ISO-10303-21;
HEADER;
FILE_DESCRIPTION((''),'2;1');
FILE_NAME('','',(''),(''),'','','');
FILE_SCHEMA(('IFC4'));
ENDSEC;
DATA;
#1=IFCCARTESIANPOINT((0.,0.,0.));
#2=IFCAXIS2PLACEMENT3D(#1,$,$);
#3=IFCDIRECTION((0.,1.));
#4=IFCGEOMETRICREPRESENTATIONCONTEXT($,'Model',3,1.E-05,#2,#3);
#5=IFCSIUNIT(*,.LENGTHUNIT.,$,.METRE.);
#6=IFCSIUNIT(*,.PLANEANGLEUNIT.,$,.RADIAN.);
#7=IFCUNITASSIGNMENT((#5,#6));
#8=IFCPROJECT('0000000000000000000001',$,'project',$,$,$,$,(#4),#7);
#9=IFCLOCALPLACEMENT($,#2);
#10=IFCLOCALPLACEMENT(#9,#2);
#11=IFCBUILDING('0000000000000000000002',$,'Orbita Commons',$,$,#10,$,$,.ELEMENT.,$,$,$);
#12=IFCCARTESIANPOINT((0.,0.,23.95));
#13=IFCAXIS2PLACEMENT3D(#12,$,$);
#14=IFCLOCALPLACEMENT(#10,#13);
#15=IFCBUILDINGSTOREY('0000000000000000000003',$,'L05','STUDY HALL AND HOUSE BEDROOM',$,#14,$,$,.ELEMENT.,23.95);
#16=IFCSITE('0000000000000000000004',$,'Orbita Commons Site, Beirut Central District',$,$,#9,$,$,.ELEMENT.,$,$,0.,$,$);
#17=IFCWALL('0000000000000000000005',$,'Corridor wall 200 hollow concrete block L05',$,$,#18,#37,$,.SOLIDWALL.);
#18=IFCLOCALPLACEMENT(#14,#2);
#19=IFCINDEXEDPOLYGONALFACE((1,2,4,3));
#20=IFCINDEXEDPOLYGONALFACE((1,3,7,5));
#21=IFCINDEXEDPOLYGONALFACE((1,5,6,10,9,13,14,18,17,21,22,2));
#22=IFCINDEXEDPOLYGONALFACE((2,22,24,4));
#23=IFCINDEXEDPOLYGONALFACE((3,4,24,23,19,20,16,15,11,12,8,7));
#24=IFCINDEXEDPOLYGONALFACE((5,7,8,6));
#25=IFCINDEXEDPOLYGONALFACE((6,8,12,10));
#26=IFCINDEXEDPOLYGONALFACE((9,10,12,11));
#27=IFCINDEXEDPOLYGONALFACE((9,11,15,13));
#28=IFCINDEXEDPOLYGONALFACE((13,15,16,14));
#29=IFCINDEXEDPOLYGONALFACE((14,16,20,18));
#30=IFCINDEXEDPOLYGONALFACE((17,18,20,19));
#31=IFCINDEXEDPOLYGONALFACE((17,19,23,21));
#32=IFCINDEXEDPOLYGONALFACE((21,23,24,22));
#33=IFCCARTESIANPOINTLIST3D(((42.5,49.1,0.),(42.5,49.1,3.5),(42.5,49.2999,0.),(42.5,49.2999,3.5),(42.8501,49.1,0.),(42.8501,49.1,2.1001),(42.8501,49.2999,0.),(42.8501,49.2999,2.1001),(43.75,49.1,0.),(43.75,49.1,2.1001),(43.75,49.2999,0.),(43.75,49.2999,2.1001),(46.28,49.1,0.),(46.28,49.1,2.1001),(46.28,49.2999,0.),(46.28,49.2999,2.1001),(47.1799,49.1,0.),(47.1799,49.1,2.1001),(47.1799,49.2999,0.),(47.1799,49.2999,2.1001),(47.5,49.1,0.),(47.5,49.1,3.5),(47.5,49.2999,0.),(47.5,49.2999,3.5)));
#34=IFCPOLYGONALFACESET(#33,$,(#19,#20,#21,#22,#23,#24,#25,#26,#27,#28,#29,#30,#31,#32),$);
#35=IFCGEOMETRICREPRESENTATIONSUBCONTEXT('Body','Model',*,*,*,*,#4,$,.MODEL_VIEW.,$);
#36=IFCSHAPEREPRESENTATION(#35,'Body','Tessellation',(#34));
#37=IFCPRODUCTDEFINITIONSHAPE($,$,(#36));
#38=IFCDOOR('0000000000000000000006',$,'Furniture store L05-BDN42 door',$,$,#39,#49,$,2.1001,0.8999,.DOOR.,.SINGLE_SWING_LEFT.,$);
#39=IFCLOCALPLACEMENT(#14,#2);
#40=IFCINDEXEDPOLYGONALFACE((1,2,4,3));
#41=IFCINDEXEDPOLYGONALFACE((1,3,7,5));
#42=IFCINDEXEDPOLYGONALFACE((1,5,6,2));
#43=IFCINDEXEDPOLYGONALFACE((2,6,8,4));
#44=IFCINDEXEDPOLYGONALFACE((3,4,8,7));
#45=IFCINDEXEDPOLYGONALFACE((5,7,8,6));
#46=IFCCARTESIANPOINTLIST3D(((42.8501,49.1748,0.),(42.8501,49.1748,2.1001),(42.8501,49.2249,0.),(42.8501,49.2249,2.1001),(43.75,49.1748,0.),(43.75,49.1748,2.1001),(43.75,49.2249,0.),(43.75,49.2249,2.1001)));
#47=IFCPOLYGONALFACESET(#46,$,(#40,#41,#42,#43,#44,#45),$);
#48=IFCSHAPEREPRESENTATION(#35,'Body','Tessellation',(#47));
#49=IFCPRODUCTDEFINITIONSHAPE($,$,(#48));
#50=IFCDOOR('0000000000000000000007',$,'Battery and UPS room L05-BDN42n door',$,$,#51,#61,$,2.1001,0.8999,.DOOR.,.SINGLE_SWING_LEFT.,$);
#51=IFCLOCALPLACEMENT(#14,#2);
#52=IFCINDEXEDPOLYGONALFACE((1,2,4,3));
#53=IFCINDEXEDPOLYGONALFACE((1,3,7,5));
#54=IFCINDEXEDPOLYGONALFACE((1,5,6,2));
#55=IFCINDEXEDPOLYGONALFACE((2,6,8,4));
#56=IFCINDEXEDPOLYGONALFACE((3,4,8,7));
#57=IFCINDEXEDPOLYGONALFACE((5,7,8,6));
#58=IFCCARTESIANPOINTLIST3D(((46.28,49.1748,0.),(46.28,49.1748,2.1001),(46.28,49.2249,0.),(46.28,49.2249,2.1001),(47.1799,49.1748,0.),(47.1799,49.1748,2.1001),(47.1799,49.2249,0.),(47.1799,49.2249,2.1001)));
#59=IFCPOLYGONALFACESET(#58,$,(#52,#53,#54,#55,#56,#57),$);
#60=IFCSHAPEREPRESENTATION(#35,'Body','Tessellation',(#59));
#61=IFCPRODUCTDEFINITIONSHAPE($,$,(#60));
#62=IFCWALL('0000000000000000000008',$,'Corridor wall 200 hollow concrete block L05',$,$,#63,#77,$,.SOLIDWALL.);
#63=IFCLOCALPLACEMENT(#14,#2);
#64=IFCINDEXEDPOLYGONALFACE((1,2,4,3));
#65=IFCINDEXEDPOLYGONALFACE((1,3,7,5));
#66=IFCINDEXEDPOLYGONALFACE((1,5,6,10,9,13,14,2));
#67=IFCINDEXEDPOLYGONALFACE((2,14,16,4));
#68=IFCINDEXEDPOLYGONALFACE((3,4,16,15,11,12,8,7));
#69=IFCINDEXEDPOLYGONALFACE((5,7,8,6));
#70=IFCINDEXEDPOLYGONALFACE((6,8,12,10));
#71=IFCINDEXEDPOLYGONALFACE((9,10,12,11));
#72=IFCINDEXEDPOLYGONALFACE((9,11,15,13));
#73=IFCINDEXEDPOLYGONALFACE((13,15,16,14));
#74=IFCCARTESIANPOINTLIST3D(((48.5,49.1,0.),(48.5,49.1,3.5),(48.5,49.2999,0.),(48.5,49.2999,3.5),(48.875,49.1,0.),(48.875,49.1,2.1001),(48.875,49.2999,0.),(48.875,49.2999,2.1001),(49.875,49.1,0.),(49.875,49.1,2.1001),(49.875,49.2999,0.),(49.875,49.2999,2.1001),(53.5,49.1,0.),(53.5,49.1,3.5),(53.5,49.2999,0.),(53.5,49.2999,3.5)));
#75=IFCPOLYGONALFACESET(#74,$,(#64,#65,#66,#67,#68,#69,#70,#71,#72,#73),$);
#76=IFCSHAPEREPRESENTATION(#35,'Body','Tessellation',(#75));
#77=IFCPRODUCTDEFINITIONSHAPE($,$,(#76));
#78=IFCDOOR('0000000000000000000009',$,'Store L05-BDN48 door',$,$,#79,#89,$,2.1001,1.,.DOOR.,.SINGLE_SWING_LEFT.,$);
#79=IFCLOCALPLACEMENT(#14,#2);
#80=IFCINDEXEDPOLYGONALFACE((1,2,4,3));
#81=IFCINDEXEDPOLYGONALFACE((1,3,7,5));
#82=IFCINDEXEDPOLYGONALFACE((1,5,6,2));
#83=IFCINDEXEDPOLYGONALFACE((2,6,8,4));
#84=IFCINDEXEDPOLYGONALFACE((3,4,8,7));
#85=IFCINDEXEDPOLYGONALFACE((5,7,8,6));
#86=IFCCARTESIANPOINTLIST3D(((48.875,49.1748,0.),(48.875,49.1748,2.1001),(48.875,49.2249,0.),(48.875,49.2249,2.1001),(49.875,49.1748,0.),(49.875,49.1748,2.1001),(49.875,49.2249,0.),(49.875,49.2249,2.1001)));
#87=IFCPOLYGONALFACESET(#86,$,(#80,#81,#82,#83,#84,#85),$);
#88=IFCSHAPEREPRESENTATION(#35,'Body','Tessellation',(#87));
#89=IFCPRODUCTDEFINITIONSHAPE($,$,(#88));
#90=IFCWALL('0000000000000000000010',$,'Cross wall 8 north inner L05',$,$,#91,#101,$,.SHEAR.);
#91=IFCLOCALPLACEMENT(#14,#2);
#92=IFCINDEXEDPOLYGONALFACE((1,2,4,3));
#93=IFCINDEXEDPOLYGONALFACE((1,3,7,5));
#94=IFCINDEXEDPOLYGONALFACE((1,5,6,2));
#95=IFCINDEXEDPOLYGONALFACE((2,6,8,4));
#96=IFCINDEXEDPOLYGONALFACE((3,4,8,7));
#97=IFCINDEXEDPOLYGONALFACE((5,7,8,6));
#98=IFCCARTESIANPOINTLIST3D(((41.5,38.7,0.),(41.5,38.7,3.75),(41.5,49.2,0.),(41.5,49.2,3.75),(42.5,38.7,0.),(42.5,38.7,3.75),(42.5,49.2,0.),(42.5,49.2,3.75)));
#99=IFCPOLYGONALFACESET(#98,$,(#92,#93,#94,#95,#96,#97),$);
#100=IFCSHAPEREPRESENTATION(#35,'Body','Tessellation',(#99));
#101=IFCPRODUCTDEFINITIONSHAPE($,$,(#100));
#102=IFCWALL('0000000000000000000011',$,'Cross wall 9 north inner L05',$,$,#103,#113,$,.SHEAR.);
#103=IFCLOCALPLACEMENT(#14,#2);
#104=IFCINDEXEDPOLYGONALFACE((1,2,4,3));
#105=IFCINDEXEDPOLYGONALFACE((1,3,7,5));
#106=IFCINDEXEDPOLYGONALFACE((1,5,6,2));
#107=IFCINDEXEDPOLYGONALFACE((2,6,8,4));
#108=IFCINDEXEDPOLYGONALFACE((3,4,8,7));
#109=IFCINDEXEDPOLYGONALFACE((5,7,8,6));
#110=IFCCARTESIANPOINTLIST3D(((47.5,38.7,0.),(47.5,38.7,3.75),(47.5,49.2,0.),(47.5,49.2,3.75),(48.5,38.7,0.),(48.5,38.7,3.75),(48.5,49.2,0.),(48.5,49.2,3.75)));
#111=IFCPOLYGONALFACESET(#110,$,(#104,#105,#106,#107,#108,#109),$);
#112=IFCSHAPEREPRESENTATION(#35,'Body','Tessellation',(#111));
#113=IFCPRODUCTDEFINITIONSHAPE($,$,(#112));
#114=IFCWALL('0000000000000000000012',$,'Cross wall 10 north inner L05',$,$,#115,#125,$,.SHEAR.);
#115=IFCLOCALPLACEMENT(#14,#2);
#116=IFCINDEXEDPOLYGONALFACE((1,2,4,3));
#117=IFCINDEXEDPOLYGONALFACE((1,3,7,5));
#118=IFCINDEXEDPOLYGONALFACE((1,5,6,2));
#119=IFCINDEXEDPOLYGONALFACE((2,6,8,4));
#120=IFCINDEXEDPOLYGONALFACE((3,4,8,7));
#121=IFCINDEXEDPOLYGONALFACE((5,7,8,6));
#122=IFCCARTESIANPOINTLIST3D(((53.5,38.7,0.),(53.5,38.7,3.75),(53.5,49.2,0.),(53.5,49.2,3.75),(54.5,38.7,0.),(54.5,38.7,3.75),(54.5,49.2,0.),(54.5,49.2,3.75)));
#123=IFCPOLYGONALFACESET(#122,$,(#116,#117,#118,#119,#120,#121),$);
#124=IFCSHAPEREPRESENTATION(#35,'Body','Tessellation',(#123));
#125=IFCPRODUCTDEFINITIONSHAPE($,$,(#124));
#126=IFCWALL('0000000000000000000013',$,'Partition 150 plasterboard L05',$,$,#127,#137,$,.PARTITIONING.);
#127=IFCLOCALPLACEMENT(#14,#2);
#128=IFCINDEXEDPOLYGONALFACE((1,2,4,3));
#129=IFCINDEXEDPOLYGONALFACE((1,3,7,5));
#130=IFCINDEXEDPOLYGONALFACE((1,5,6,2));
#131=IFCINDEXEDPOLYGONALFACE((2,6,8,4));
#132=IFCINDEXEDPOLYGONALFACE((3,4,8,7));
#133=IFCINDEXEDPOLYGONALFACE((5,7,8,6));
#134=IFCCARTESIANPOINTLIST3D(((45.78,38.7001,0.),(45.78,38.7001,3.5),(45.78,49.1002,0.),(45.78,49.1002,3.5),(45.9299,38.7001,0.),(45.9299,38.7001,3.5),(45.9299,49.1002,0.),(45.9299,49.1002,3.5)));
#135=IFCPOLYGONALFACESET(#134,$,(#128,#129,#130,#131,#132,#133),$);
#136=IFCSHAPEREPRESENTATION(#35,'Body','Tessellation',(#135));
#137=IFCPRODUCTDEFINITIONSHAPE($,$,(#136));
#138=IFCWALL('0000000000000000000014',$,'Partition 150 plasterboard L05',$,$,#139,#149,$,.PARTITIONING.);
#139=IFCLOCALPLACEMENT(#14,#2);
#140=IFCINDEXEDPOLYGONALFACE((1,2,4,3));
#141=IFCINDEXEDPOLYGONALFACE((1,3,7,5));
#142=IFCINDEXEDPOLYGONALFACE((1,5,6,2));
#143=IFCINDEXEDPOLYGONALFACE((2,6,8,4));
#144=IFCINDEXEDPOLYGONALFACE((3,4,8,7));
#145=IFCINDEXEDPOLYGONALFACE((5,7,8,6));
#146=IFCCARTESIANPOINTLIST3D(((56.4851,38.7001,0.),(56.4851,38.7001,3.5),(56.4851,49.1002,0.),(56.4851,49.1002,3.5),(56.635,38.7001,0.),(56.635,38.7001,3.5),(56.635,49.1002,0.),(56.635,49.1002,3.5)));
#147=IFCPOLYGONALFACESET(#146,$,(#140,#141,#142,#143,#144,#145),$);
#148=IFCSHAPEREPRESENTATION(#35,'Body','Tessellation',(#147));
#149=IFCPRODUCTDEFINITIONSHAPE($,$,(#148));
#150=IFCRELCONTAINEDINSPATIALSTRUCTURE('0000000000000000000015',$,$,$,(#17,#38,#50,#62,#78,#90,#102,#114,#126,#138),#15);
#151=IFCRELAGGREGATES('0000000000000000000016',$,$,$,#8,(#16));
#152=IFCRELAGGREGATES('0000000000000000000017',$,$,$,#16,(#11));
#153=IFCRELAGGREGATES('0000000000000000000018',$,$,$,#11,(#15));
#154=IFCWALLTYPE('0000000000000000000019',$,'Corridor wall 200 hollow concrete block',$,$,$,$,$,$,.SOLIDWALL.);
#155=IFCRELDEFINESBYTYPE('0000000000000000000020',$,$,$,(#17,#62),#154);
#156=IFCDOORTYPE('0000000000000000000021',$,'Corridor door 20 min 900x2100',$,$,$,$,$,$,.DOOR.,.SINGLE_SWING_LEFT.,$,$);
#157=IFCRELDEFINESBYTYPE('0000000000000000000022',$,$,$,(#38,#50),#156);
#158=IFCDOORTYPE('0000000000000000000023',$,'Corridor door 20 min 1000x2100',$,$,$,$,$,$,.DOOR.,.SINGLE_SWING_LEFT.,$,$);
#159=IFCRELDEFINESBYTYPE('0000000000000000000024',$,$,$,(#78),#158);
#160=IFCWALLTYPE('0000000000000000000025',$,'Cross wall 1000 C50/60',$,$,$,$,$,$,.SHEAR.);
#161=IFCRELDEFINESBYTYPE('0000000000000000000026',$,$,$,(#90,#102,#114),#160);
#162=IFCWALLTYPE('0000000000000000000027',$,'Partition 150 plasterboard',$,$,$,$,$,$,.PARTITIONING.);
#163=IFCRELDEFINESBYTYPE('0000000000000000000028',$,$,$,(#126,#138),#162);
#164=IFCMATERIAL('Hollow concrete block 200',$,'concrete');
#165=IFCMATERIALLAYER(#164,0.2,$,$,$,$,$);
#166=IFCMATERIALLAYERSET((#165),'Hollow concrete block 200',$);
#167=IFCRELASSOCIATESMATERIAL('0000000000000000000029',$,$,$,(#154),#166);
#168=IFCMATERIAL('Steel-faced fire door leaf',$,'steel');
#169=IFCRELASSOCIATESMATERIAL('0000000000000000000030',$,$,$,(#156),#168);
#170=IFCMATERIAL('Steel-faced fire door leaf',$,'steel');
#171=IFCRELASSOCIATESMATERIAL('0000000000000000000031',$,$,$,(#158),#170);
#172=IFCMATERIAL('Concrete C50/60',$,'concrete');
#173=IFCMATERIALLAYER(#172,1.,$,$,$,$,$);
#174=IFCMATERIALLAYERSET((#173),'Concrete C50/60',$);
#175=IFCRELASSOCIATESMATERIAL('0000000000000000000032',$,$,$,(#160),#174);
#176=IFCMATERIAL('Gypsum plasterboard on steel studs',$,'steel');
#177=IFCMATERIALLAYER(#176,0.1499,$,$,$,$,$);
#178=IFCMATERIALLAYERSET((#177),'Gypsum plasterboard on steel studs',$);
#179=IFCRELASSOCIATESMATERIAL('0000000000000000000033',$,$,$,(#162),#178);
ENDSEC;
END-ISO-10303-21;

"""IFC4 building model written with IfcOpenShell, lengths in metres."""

from ifc_helpers import new_model, si_unit, direction, frame, frame_2d, origin, place, context, subcontext, project, spatial, rectangle, extrude, material, layer, layer_set, type_object, element, fill, save


model = new_model("IFC4")

# Units and contexts
model_context = context("Model", 3, precision=1e-05, world=origin(), true_north=direction((0.0, 1.0)))
body_context = subcontext(model_context, "Body", "Model", "MODEL_VIEW")
ifc_project = project(units=[si_unit("LENGTHUNIT", "METRE"), si_unit("PLANEANGLEUNIT", "RADIAN")], contexts=[model_context])

# Site, building, storey
site_placement = place(None, origin())
site = spatial("IfcSite", under=ifc_project, at=site_placement, Name="Orbita Commons Site, Beirut Central District", CompositionType="ELEMENT", RefElevation=0.0)
building_placement = place(site_placement, origin())
building = spatial("IfcBuilding", under=site, at=building_placement, Name="Orbita Commons", CompositionType="ELEMENT")
storey_placement = place(building_placement, frame((0.0, 0.0, 23.95)))
storey = spatial("IfcBuildingStorey", under=building, at=storey_placement, Name="L05", Description="STUDY HALL AND HOUSE BEDROOM", CompositionType="ELEMENT", Elevation=23.95)

# Wall, openings, doors
ifc_material_1 = material(Name="Hollow concrete block 200", Category="concrete")
ifc_layer_1 = layer(ifc_material_1, 0.2)
ifc_layer_set_1 = layer_set([ifc_layer_1], Name="Hollow concrete block 200")
wall_type_1 = type_object("IfcWallType", Name="Corridor wall 200 hollow concrete block", PredefinedType="SOLIDWALL", material=ifc_layer_set_1)
wall_1_placement = place(storey_placement, frame((42.5, 49.2, 0.0), z_axis=(0.0, 0.0, 1.0), x_axis=(1.0, 0.0, 0.0)))
wall_1 = element("IfcWall", 1, at=wall_1_placement, inside=storey, type_object=wall_type_1, Name="Corridor wall 200 hollow concrete block L05", PredefinedType="SOLIDWALL", context=body_context, shape_type="SweptSolid", body=[
    extrude(rectangle(XDim=5.0, YDim=0.2, at=frame_2d((2.5, 0.0))), origin(), (0.0, 0.0, 1.0), 3.5),
])
opening_1_placement = place(wall_1_placement, frame((0.3501, 0.0, 0.0)))
opening_1 = element("IfcOpeningElement", 2, at=opening_1_placement, cuts=wall_1, PredefinedType="OPENING", context=body_context, shape_type="SweptSolid", body=[
    extrude(rectangle(XDim=0.8999, YDim=2.1001, at=frame_2d((0.45, 1.05))), frame((0.0, 0.1099, 0.0), z_axis=(0.0, -1.0, 0.0), x_axis=(1.0, 0.0, 0.0)), (0.0, 0.0, 1.0), 0.22),
])
opening_2_placement = place(wall_1_placement, frame((3.78, 0.0, 0.0)))
opening_2 = element("IfcOpeningElement", 3, at=opening_2_placement, cuts=wall_1, PredefinedType="OPENING", context=body_context, shape_type="SweptSolid", body=[
    extrude(rectangle(XDim=0.8999, YDim=2.1001, at=frame_2d((0.45, 1.05))), frame((0.0, 0.1099, 0.0), z_axis=(0.0, -1.0, 0.0), x_axis=(1.0, 0.0, 0.0)), (0.0, 0.0, 1.0), 0.22),
])
ifc_material_2 = material(Name="Steel-faced fire door leaf", Category="steel")
door_type_1 = type_object("IfcDoorType", Name="Corridor door 20 min 900x2100", OperationType="SINGLE_SWING_LEFT", PredefinedType="DOOR", material=ifc_material_2)
door_1_placement = place(opening_1_placement, origin())
door_1 = element("IfcDoor", 4, at=door_1_placement, inside=storey, type_object=door_type_1, Name="Furniture store L05-BDN42 door", OperationType="SINGLE_SWING_LEFT", OverallHeight=2.1001, OverallWidth=0.8999, PredefinedType="DOOR", context=body_context, shape_type="SweptSolid", body=[
    extrude(rectangle(XDim=0.8999, YDim=2.1001, at=frame_2d((0.45, 1.05))), frame((0.0, 0.0249, 0.0), z_axis=(0.0, -1.0, 0.0), x_axis=(1.0, 0.0, 0.0)), (0.0, 0.0, 1.0), 0.05),
])
fill(opening_1, door_1)
door_2_placement = place(opening_2_placement, origin())
door_2 = element("IfcDoor", 5, at=door_2_placement, inside=storey, type_object=door_type_1, Name="Battery and UPS room L05-BDN42n door", OperationType="SINGLE_SWING_LEFT", OverallHeight=2.1001, OverallWidth=0.8999, PredefinedType="DOOR", context=body_context, shape_type="SweptSolid", body=[
    extrude(rectangle(XDim=0.8999, YDim=2.1001, at=frame_2d((0.45, 1.05))), frame((0.0, 0.0249, 0.0), z_axis=(0.0, -1.0, 0.0), x_axis=(1.0, 0.0, 0.0)), (0.0, 0.0, 1.0), 0.05),
])
fill(opening_2, door_2)

# Wall, opening, door
wall_2_placement = place(storey_placement, frame((48.5, 49.2, 0.0), z_axis=(0.0, 0.0, 1.0), x_axis=(1.0, 0.0, 0.0)))
wall_2 = element("IfcWall", 6, at=wall_2_placement, inside=storey, type_object=wall_type_1, Name="Corridor wall 200 hollow concrete block L05", PredefinedType="SOLIDWALL", context=body_context, shape_type="SweptSolid", body=[
    extrude(rectangle(XDim=5.0, YDim=0.2, at=frame_2d((2.5, 0.0))), origin(), (0.0, 0.0, 1.0), 3.5),
])
opening_3_placement = place(wall_2_placement, frame((0.375, 0.0, 0.0)))
opening_3 = element("IfcOpeningElement", 7, at=opening_3_placement, cuts=wall_2, PredefinedType="OPENING", context=body_context, shape_type="SweptSolid", body=[
    extrude(rectangle(XDim=1.0, YDim=2.1001, at=frame_2d((0.5, 1.05))), frame((0.0, 0.1099, 0.0), z_axis=(0.0, -1.0, 0.0), x_axis=(1.0, 0.0, 0.0)), (0.0, 0.0, 1.0), 0.22),
])
ifc_material_3 = material(Name="Steel-faced fire door leaf", Category="steel")
door_type_2 = type_object("IfcDoorType", Name="Corridor door 20 min 1000x2100", OperationType="SINGLE_SWING_LEFT", PredefinedType="DOOR", material=ifc_material_3)
door_3_placement = place(opening_3_placement, origin())
door_3 = element("IfcDoor", 8, at=door_3_placement, inside=storey, type_object=door_type_2, Name="Store L05-BDN48 door", OperationType="SINGLE_SWING_LEFT", OverallHeight=2.1001, OverallWidth=1.0, PredefinedType="DOOR", context=body_context, shape_type="SweptSolid", body=[
    extrude(rectangle(XDim=1.0, YDim=2.1001, at=frame_2d((0.5, 1.05))), frame((0.0, 0.0249, 0.0), z_axis=(0.0, -1.0, 0.0), x_axis=(1.0, 0.0, 0.0)), (0.0, 0.0, 1.0), 0.05),
])
fill(opening_3, door_3)

# Walls
ifc_material_4 = material(Name="Concrete C50/60", Category="concrete")
ifc_layer_2 = layer(ifc_material_4, 1.0)
ifc_layer_set_2 = layer_set([ifc_layer_2], Name="Concrete C50/60")
wall_type_2 = type_object("IfcWallType", Name="Cross wall 1000 C50/60", PredefinedType="SHEAR", material=ifc_layer_set_2)
for number, where, z_axis, x_axis, name in (
    (9, (42.0, 38.7, 0.0), (0.0, 0.0, 1.0), (0.0, 1.0, 0.0), "Cross wall 8 north inner L05"),
    (10, (48.0, 38.7, 0.0), (0.0, 0.0, 1.0), (0.0, 1.0, 0.0), "Cross wall 9 north inner L05"),
    (11, (54.0, 38.7, 0.0), (0.0, 0.0, 1.0), (0.0, 1.0, 0.0), "Cross wall 10 north inner L05"),
):
    element("IfcWall", number, at=place(storey_placement, frame(where, z_axis=z_axis, x_axis=x_axis)), inside=storey, type_object=wall_type_2, Name=name, PredefinedType="SHEAR", context=body_context, shape_type="SweptSolid", body=[
        extrude(rectangle(XDim=10.5, YDim=1.0, at=frame_2d((5.25, 0.0))), origin(), (0.0, 0.0, 1.0), 3.75),
    ])
ifc_material_5 = material(Name="Gypsum plasterboard on steel studs", Category="steel")
ifc_layer_3 = layer(ifc_material_5, 0.1499)
ifc_layer_set_3 = layer_set([ifc_layer_3], Name="Gypsum plasterboard on steel studs")
wall_type_3 = type_object("IfcWallType", Name="Partition 150 plasterboard", PredefinedType="PARTITIONING", material=ifc_layer_set_3)
for number, where, z_axis, x_axis, name in (
    (12, (45.855, 38.7, 0.0), (0.0, 0.0, 1.0), (0.0, 1.0, 0.0), "Partition 150 plasterboard L05"),
    (13, (56.5601, 38.7, 0.0), (0.0, 0.0, 1.0), (0.0, 1.0, 0.0), "Partition 150 plasterboard L05"),
):
    element("IfcWall", number, at=place(storey_placement, frame(where, z_axis=z_axis, x_axis=x_axis)), inside=storey, type_object=wall_type_3, Name=name, PredefinedType="PARTITIONING", context=body_context, shape_type="SweptSolid", body=[
        extrude(rectangle(XDim=10.4001, YDim=0.1499, at=frame_2d((5.2002, 0.0))), origin(), (0.0, 0.0, 1.0), 3.5),
    ])

save(model, "model.ifc")
